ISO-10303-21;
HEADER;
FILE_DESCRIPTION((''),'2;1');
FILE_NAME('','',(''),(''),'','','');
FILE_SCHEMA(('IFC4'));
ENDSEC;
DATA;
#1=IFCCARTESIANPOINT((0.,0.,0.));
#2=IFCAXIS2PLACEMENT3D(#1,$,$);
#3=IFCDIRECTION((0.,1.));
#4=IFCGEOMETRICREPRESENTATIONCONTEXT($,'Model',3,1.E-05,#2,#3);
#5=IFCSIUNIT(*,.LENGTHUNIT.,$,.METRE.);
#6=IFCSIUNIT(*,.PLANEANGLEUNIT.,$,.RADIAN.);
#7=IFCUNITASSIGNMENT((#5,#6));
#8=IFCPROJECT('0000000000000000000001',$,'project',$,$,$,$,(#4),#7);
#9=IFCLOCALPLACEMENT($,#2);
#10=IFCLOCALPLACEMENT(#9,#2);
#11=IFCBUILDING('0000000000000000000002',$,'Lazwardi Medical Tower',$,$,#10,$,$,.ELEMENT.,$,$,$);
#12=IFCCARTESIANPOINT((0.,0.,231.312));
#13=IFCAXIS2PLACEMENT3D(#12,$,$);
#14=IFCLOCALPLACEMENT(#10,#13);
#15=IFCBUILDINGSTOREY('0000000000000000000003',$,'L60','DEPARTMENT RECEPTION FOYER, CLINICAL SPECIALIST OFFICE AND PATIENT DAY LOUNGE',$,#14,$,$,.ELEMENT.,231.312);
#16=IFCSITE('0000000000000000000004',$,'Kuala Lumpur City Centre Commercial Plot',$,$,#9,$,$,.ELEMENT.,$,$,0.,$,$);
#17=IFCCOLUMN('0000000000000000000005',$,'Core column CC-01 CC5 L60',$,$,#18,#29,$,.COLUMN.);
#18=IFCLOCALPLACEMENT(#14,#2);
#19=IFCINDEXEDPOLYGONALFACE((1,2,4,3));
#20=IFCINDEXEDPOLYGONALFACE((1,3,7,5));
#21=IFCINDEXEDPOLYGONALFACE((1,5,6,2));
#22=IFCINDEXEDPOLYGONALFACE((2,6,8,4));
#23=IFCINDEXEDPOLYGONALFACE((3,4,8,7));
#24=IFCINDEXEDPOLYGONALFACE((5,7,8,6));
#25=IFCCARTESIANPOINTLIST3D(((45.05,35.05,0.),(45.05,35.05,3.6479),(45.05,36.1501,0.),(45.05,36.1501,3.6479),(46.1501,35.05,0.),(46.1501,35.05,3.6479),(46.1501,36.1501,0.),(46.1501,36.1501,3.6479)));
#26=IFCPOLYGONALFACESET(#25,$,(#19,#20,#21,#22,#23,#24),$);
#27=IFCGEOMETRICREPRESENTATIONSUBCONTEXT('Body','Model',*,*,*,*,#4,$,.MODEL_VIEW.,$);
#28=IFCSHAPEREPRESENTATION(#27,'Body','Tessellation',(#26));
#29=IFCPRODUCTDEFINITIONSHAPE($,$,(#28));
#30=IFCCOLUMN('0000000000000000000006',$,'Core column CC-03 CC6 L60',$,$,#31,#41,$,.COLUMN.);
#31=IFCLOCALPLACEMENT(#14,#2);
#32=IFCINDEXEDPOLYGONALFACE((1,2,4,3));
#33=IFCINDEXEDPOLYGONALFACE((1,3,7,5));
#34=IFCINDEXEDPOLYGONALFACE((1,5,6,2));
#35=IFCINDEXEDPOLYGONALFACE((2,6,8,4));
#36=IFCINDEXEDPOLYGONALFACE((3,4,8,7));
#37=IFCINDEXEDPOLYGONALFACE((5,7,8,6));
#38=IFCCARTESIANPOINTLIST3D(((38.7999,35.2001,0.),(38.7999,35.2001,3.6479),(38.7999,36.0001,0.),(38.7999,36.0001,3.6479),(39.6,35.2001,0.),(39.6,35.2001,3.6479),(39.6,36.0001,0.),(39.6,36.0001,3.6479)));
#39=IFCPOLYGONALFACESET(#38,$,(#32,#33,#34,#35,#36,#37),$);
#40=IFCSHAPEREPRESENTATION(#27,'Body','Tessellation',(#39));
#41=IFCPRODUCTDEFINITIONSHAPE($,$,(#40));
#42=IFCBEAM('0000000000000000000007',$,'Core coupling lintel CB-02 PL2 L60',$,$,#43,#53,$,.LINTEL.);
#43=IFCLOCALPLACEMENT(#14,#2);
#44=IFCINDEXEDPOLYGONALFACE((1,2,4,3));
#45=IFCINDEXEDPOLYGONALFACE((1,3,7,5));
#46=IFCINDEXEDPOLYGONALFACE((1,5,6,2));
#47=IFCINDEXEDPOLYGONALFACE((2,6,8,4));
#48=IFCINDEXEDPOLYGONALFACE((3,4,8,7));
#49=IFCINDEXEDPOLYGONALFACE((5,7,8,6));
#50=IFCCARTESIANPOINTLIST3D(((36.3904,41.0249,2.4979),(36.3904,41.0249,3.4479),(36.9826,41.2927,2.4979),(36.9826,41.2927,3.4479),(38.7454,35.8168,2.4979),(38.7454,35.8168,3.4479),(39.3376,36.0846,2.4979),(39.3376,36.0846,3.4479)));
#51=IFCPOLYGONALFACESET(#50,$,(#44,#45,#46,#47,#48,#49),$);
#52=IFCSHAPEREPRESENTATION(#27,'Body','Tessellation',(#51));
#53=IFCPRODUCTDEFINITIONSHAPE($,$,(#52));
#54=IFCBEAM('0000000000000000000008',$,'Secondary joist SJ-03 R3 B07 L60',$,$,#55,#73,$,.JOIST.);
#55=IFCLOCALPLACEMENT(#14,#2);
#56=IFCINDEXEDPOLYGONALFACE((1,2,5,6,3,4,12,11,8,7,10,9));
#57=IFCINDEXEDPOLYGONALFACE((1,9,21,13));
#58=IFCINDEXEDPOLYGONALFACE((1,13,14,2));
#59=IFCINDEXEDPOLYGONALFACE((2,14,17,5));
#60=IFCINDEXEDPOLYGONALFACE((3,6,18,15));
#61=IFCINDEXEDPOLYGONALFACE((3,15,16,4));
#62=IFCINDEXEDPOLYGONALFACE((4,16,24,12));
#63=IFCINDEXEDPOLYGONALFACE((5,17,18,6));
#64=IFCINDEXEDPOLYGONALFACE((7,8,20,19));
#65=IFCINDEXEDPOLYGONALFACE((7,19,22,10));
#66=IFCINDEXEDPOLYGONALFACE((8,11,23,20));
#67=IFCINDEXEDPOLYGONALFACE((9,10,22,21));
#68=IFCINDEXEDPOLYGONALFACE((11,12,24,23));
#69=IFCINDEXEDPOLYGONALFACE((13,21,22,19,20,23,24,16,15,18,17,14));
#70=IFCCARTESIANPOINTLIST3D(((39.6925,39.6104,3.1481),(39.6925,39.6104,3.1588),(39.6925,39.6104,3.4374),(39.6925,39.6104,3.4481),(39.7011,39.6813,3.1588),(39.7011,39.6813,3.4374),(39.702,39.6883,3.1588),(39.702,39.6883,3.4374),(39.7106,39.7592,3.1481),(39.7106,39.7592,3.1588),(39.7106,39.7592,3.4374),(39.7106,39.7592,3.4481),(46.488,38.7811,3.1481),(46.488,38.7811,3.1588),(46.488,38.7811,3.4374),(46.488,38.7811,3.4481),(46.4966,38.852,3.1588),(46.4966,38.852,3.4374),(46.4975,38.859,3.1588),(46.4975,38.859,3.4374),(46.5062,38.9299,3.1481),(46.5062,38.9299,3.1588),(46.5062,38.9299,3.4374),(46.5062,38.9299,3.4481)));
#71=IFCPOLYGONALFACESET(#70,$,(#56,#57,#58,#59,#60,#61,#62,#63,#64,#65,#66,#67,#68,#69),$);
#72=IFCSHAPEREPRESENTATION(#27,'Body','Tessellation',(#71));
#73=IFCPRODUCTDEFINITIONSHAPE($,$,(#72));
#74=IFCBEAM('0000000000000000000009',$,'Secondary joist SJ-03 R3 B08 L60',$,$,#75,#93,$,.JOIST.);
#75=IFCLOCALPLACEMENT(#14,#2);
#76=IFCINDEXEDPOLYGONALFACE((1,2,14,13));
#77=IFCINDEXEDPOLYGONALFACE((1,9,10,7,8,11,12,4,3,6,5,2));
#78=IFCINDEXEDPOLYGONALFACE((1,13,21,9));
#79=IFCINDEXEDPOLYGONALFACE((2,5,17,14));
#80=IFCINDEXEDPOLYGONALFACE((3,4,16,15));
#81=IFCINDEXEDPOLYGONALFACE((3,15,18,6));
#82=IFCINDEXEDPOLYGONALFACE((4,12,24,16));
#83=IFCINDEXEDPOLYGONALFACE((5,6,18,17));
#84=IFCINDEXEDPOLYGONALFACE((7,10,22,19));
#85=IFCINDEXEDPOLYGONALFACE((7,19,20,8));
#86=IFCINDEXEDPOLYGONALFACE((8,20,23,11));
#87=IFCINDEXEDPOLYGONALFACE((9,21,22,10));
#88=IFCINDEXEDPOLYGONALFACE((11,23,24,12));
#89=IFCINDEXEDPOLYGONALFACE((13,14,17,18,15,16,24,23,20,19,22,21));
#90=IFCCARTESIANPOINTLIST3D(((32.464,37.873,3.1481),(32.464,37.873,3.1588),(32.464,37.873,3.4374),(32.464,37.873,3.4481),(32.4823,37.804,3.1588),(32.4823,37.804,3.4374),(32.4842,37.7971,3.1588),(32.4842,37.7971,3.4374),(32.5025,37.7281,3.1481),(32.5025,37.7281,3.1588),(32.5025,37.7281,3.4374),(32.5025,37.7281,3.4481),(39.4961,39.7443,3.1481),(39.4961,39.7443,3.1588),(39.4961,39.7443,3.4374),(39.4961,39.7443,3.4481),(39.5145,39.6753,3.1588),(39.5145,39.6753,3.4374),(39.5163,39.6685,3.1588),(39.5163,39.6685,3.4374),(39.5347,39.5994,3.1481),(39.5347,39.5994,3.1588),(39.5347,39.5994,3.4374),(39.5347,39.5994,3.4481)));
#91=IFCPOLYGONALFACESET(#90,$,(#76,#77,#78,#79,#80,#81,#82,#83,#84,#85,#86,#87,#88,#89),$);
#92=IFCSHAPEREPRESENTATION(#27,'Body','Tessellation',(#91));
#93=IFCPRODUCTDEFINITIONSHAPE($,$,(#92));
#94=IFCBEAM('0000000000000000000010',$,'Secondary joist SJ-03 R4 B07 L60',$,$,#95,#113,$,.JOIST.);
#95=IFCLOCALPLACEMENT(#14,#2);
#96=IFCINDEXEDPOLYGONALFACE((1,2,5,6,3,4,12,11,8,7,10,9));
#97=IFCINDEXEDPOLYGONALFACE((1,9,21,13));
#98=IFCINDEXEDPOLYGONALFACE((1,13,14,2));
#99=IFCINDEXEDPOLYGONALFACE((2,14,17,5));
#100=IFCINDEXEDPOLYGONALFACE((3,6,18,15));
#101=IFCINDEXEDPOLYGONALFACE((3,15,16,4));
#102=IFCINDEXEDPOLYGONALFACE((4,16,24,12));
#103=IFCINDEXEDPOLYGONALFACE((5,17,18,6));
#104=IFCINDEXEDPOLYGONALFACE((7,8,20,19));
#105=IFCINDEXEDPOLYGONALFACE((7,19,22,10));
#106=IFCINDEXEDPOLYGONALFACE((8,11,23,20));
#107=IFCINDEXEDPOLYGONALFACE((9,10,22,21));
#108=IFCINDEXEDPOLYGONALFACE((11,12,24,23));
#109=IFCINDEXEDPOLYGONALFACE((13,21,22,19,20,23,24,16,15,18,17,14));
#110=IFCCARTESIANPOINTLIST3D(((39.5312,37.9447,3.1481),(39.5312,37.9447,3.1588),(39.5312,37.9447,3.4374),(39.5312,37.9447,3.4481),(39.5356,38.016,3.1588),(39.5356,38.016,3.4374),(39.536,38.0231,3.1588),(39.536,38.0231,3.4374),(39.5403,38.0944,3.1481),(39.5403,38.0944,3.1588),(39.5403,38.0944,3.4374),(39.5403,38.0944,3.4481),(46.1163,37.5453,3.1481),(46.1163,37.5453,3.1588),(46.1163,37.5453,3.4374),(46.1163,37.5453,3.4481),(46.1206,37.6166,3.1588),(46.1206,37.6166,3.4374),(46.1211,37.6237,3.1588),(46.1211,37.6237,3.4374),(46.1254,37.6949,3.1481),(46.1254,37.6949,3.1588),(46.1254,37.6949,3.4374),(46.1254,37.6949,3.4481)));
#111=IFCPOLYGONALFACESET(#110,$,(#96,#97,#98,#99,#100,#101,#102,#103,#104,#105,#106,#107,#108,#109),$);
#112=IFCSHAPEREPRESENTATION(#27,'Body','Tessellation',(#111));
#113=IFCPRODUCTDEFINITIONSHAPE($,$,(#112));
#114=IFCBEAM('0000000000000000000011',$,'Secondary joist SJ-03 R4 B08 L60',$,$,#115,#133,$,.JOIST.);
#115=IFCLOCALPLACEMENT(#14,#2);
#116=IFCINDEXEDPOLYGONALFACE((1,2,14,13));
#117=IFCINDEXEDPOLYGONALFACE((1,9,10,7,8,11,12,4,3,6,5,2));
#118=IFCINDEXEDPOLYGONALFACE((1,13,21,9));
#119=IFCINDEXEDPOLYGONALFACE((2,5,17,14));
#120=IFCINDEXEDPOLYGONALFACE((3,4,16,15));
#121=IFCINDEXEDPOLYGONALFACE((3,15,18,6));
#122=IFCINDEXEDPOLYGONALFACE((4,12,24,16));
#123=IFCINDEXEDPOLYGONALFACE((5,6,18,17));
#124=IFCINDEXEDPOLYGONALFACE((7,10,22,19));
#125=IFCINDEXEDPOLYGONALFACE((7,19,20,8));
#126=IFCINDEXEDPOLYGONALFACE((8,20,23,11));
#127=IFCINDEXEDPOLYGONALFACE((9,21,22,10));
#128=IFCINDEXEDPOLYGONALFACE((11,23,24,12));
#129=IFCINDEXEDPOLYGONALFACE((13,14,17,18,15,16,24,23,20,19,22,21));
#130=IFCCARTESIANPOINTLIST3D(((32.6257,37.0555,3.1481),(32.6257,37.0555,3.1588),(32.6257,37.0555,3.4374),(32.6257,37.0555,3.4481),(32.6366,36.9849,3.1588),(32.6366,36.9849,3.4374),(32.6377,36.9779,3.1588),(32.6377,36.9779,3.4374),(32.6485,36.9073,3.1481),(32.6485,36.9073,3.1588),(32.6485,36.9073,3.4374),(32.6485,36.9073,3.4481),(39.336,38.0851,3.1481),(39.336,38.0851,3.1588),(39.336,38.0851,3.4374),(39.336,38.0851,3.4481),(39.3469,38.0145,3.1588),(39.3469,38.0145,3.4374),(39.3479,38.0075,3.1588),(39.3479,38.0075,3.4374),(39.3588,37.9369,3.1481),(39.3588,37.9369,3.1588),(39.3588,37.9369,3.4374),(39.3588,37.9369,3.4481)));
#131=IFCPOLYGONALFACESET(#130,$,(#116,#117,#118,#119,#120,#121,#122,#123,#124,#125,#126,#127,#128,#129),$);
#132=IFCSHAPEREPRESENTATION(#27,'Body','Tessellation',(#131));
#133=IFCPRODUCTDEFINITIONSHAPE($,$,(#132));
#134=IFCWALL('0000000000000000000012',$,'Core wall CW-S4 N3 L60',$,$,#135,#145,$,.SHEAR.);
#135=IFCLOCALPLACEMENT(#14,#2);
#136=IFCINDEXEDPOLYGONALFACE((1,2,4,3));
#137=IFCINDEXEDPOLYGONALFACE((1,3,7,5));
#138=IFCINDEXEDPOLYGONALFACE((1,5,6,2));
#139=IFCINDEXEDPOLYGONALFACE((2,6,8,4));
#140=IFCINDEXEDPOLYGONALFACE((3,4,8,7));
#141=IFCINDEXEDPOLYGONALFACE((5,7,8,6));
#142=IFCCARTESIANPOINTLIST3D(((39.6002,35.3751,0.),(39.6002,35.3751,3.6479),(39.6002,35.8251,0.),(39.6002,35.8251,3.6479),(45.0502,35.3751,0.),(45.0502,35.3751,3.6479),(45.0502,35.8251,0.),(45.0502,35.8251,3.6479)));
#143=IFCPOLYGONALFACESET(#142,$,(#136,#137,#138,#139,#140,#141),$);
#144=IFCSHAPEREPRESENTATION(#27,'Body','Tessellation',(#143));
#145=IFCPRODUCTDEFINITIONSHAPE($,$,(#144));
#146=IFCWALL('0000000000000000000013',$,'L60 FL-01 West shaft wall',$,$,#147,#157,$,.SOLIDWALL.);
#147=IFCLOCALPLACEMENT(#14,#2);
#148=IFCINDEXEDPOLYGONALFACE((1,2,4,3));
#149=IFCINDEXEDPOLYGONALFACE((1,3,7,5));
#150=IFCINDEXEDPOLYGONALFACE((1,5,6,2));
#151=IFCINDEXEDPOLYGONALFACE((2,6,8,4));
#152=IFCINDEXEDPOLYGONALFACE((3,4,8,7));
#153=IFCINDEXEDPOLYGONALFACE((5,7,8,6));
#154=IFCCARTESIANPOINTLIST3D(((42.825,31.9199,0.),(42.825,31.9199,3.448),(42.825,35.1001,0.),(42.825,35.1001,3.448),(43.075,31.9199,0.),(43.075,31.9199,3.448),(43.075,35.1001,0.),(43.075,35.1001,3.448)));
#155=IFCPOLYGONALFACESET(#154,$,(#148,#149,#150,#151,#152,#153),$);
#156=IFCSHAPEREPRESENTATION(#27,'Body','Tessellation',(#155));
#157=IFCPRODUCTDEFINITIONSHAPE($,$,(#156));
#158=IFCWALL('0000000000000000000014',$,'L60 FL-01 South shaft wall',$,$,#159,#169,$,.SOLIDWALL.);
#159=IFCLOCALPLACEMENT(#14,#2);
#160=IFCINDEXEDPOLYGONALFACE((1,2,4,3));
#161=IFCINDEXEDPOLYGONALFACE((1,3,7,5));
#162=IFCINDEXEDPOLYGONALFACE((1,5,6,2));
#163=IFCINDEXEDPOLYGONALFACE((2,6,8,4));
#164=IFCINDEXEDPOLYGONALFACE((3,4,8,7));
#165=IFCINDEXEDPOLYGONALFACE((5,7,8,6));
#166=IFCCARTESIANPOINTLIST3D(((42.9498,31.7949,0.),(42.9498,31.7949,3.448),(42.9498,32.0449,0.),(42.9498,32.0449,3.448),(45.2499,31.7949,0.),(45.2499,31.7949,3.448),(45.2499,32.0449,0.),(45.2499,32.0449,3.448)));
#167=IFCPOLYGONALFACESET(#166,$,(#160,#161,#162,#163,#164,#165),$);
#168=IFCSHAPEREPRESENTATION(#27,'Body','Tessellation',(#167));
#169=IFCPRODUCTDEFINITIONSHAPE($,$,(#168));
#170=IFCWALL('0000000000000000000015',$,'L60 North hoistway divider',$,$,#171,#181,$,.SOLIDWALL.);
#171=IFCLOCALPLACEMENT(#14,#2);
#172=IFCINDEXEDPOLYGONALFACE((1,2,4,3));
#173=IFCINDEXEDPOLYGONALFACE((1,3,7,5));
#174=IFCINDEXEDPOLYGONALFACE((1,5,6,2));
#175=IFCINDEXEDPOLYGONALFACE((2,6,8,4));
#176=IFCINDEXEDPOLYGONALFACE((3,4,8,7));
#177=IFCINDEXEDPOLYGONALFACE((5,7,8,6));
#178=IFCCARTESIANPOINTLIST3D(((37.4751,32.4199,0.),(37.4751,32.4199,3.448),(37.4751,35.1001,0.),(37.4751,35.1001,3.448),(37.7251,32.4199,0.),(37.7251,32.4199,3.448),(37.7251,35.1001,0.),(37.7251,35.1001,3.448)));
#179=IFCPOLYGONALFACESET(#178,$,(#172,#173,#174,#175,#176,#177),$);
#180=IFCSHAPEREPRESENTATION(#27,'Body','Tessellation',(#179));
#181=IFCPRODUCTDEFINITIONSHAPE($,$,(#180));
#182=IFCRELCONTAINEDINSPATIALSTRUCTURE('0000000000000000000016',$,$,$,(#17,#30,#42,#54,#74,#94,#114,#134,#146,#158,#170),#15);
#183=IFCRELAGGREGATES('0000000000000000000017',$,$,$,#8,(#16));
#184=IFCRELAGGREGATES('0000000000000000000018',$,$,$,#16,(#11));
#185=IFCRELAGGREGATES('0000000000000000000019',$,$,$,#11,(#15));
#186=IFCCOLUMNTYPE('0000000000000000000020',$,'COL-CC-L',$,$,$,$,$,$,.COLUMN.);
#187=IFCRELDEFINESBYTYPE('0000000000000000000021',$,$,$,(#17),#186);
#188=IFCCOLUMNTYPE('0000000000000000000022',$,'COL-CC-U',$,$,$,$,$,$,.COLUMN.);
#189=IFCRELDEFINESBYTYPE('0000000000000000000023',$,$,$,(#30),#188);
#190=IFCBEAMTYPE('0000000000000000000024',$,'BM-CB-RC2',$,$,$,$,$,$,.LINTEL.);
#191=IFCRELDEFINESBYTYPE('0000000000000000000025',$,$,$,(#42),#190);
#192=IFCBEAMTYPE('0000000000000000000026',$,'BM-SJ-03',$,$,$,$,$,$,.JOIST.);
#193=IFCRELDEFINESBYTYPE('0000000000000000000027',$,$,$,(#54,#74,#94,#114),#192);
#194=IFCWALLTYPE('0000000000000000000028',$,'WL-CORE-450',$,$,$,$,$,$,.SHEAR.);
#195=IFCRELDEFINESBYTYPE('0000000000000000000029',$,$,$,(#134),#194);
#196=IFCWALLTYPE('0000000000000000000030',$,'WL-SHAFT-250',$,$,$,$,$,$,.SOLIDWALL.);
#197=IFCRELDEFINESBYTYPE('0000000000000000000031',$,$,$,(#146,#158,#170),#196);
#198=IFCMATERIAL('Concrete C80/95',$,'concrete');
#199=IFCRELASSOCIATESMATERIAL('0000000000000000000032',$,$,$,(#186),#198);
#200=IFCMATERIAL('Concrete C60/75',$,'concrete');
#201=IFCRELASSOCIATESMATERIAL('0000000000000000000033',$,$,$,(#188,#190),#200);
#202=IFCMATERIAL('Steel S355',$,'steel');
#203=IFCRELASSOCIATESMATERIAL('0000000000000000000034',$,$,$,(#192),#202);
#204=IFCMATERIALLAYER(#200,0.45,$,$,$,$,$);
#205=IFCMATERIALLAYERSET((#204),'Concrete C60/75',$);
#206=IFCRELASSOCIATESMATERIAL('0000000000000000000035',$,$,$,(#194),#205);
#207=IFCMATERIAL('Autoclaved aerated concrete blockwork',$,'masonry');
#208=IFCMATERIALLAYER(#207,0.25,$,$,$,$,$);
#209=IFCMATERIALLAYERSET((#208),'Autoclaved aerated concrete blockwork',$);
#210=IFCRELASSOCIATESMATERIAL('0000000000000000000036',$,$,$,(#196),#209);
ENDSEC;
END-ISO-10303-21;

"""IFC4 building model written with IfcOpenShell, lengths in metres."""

from ifc_helpers import new_model, si_unit, direction, frame, frame_2d, origin, origin_2d, place, context, subcontext, project, spatial, rectangle, i_section, extrude, material, layer, layer_set, material_profile, profile_set, type_object, element, save


model = new_model("IFC4")

# Units and contexts
model_context = context("Model", 3, precision=1e-05, world=origin(), true_north=direction((0.0, 1.0)))
body_context = subcontext(model_context, "Body", "Model", "MODEL_VIEW")
ifc_project = project(units=[si_unit("LENGTHUNIT", "METRE"), si_unit("PLANEANGLEUNIT", "RADIAN")], contexts=[model_context])

# Site, building, storey
site_placement = place(None, origin())
site = spatial("IfcSite", under=ifc_project, at=site_placement, Name="Kuala Lumpur City Centre Commercial Plot", CompositionType="ELEMENT", RefElevation=0.0)
building_placement = place(site_placement, origin())
building = spatial("IfcBuilding", under=site, at=building_placement, Name="Lazwardi Medical Tower", CompositionType="ELEMENT")
storey_placement = place(building_placement, frame((0.0, 0.0, 231.312)))
storey = spatial("IfcBuildingStorey", under=building, at=storey_placement, Name="L60", Description="DEPARTMENT RECEPTION FOYER, CLINICAL SPECIALIST OFFICE AND PATIENT DAY LOUNGE", CompositionType="ELEMENT", Elevation=231.312)

# Columns
ifc_material_1 = material(Name="Concrete C80/95", Category="concrete")
ifc_material_profile_1 = material_profile(ifc_material_1, rectangle(XDim=1.1001, YDim=1.1001, at=origin_2d()), Name="RC 1100x1100")
ifc_profile_set_1 = profile_set([ifc_material_profile_1], Name="Concrete C80/95")
column_type_1 = type_object("IfcColumnType", Name="COL-CC-L", PredefinedType="COLUMN", material=ifc_profile_set_1)
column_1_placement = place(storey_placement, frame((45.6001, 35.6001, 0.0), z_axis=(0.0, 0.0, 1.0), x_axis=(1.0, 0.0, 0.0)))
element("IfcColumn", 1, at=column_1_placement, inside=storey, type_object=column_type_1, Name="Core column CC-01 CC5 L60", PredefinedType="COLUMN", context=body_context, shape_type="SweptSolid", body=[
    extrude(rectangle(XDim=1.1001, YDim=1.1001, at=origin_2d()), origin(), (0.0, 0.0, 1.0), 3.6479),
])
ifc_material_2 = material(Name="Concrete C60/75", Category="concrete")
ifc_material_profile_2 = material_profile(ifc_material_2, rectangle(XDim=0.8, YDim=0.8, at=origin_2d()), Name="RC 800x800")
ifc_profile_set_2 = profile_set([ifc_material_profile_2], Name="Concrete C60/75")
column_type_2 = type_object("IfcColumnType", Name="COL-CC-U", PredefinedType="COLUMN", material=ifc_profile_set_2)
column_2_placement = place(storey_placement, frame((39.2, 35.6001, 0.0), z_axis=(0.0, 0.0, 1.0), x_axis=(1.0, 0.0, 0.0)))
element("IfcColumn", 2, at=column_2_placement, inside=storey, type_object=column_type_2, Name="Core column CC-03 CC6 L60", PredefinedType="COLUMN", context=body_context, shape_type="SweptSolid", body=[
    extrude(rectangle(XDim=0.8, YDim=0.8, at=origin_2d()), origin(), (0.0, 0.0, 1.0), 3.6479),
])

# Beams
ifc_material_profile_3 = material_profile(ifc_material_2, rectangle(XDim=0.6499, YDim=0.95, at=origin_2d()), Name="RC 650x950")
ifc_profile_set_3 = profile_set([ifc_material_profile_3], Name="Concrete C60/75")
beam_type_1 = type_object("IfcBeamType", Name="BM-CB-RC2", PredefinedType="LINTEL", material=ifc_profile_set_3)
beam_1_placement = place(storey_placement, frame((39.0415, 35.9507, 2.9729), z_axis=(-0.412019, 0.911175, 0.0), x_axis=(-0.911175, -0.412019, 0.0)))
element("IfcBeam", 3, at=beam_1_placement, inside=storey, type_object=beam_type_1, Name="Core coupling lintel CB-02 PL2 L60", PredefinedType="LINTEL", context=body_context, shape_type="SweptSolid", body=[
    extrude(rectangle(XDim=0.6499, YDim=0.95, at=origin_2d()), origin(), (0.0, 0.0, 1.0), 5.7158),
])
ifc_material_3 = material(Name="Steel S355", Category="steel")
ifc_material_profile_4 = material_profile(ifc_material_3, i_section(OverallWidth=0.1499, OverallDepth=0.3, WebThickness=0.0071, FlangeThickness=0.0107, at=origin_2d()), Name="IPE 300")
ifc_profile_set_4 = profile_set([ifc_material_profile_4], Name="Steel S355")
beam_type_2 = type_object("IfcBeamType", Name="BM-SJ-03", PredefinedType="JOIST", material=ifc_profile_set_4)
beam_2_placement = place(storey_placement, frame((46.4971, 38.8555, 3.2981), z_axis=(-0.992635, 0.121146, 0.0), x_axis=(-0.121146, -0.992635, 0.0)))
element("IfcBeam", 4, at=beam_2_placement, inside=storey, type_object=beam_type_2, Name="Secondary joist SJ-03 R3 B07 L60", PredefinedType="JOIST", context=body_context, shape_type="SweptSolid", body=[
    extrude(i_section(OverallWidth=0.1499, OverallDepth=0.3, WebThickness=0.0071, FlangeThickness=0.0107, at=origin_2d()), origin(), (0.0, 0.0, 1.0), 6.8459),
])
beam_3_placement = place(storey_placement, frame((39.5154, 39.6719, 3.2981), z_axis=(-0.966369, -0.257159, 0.0), x_axis=(0.257159, -0.966369, 0.0)))
element("IfcBeam", 5, at=beam_3_placement, inside=storey, type_object=beam_type_2, Name="Secondary joist SJ-03 R3 B08 L60", PredefinedType="JOIST", context=body_context, shape_type="SweptSolid", body=[
    extrude(i_section(OverallWidth=0.1499, OverallDepth=0.3, WebThickness=0.0071, FlangeThickness=0.0107, at=origin_2d()), origin(), (0.0, 0.0, 1.0), 7.2769),
])
beam_4_placement = place(storey_placement, frame((46.1208, 37.6201, 3.2981), z_axis=(-0.998166, 0.060544, 0.0), x_axis=(-0.060544, -0.998166, 0.0)))
element("IfcBeam", 6, at=beam_4_placement, inside=storey, type_object=beam_type_2, Name="Secondary joist SJ-03 R4 B07 L60", PredefinedType="JOIST", context=body_context, shape_type="SweptSolid", body=[
    extrude(i_section(OverallWidth=0.1499, OverallDepth=0.3, WebThickness=0.0071, FlangeThickness=0.0107, at=origin_2d()), origin(), (0.0, 0.0, 1.0), 6.5972),
])
beam_5_placement = place(storey_placement, frame((39.3474, 38.011, 3.2981), z_axis=(-0.988434, -0.151655, 0.0), x_axis=(0.151655, -0.988434, 0.0)))
element("IfcBeam", 7, at=beam_5_placement, inside=storey, type_object=beam_type_2, Name="Secondary joist SJ-03 R4 B08 L60", PredefinedType="JOIST", context=body_context, shape_type="SweptSolid", body=[
    extrude(i_section(OverallWidth=0.1499, OverallDepth=0.3, WebThickness=0.0071, FlangeThickness=0.0107, at=origin_2d()), origin(), (0.0, 0.0, 1.0), 6.7888),
])

# Walls
ifc_layer_1 = layer(ifc_material_2, 0.45)
ifc_layer_set_1 = layer_set([ifc_layer_1], Name="Concrete C60/75")
wall_type_1 = type_object("IfcWallType", Name="WL-CORE-450", PredefinedType="SHEAR", material=ifc_layer_set_1)
wall_1_placement = place(storey_placement, frame((39.6001, 35.6001, 0.0), z_axis=(0.0, 0.0, 1.0), x_axis=(1.0, 0.0, 0.0)))
element("IfcWall", 8, at=wall_1_placement, inside=storey, type_object=wall_type_1, Name="Core wall CW-S4 N3 L60", PredefinedType="SHEAR", context=body_context, shape_type="SweptSolid", body=[
    extrude(rectangle(XDim=5.45, YDim=0.45, at=frame_2d((2.7251, 0.0))), origin(), (0.0, 0.0, 1.0), 3.6479),
])
ifc_material_4 = material(Name="Autoclaved aerated concrete blockwork", Category="masonry")
ifc_layer_2 = layer(ifc_material_4, 0.25)
ifc_layer_set_2 = layer_set([ifc_layer_2], Name="Autoclaved aerated concrete blockwork")
wall_type_2 = type_object("IfcWallType", Name="WL-SHAFT-250", PredefinedType="SOLIDWALL", material=ifc_layer_set_2)
wall_2_placement = place(storey_placement, frame((42.95, 31.9199, 0.0), z_axis=(0.0, 0.0, 1.0), x_axis=(0.0, 1.0, 0.0)))
element("IfcWall", 9, at=wall_2_placement, inside=storey, type_object=wall_type_2, Name="L60 FL-01 West shaft wall", PredefinedType="SOLIDWALL", context=body_context, shape_type="SweptSolid", body=[
    extrude(rectangle(XDim=3.1802, YDim=0.25, at=frame_2d((1.5901, 0.0))), origin(), (0.0, 0.0, 1.0), 3.448),
])
wall_3_placement = place(storey_placement, frame((42.95, 31.9199, 0.0), z_axis=(0.0, 0.0, 1.0), x_axis=(1.0, 0.0, 0.0)))
element("IfcWall", 10, at=wall_3_placement, inside=storey, type_object=wall_type_2, Name="L60 FL-01 South shaft wall", PredefinedType="SOLIDWALL", context=body_context, shape_type="SweptSolid", body=[
    extrude(rectangle(XDim=2.3, YDim=0.25, at=frame_2d((1.1499, 0.0))), origin(), (0.0, 0.0, 1.0), 3.448),
])
for number, where, z_axis, x_axis, name in (
    (11, (37.6001, 32.4199, 0.0), (0.0, 0.0, 1.0), (0.0, 1.0, 0.0), "L60 North hoistway divider"),
):
    element("IfcWall", number, at=place(storey_placement, frame(where, z_axis=z_axis, x_axis=x_axis)), inside=storey, type_object=wall_type_2, Name=name, PredefinedType="SOLIDWALL", context=body_context, shape_type="SweptSolid", body=[
        extrude(rectangle(XDim=2.6802, YDim=0.25, at=frame_2d((1.3401, 0.0))), origin(), (0.0, 0.0, 1.0), 3.448),
    ])

save(model, "model.ifc")
